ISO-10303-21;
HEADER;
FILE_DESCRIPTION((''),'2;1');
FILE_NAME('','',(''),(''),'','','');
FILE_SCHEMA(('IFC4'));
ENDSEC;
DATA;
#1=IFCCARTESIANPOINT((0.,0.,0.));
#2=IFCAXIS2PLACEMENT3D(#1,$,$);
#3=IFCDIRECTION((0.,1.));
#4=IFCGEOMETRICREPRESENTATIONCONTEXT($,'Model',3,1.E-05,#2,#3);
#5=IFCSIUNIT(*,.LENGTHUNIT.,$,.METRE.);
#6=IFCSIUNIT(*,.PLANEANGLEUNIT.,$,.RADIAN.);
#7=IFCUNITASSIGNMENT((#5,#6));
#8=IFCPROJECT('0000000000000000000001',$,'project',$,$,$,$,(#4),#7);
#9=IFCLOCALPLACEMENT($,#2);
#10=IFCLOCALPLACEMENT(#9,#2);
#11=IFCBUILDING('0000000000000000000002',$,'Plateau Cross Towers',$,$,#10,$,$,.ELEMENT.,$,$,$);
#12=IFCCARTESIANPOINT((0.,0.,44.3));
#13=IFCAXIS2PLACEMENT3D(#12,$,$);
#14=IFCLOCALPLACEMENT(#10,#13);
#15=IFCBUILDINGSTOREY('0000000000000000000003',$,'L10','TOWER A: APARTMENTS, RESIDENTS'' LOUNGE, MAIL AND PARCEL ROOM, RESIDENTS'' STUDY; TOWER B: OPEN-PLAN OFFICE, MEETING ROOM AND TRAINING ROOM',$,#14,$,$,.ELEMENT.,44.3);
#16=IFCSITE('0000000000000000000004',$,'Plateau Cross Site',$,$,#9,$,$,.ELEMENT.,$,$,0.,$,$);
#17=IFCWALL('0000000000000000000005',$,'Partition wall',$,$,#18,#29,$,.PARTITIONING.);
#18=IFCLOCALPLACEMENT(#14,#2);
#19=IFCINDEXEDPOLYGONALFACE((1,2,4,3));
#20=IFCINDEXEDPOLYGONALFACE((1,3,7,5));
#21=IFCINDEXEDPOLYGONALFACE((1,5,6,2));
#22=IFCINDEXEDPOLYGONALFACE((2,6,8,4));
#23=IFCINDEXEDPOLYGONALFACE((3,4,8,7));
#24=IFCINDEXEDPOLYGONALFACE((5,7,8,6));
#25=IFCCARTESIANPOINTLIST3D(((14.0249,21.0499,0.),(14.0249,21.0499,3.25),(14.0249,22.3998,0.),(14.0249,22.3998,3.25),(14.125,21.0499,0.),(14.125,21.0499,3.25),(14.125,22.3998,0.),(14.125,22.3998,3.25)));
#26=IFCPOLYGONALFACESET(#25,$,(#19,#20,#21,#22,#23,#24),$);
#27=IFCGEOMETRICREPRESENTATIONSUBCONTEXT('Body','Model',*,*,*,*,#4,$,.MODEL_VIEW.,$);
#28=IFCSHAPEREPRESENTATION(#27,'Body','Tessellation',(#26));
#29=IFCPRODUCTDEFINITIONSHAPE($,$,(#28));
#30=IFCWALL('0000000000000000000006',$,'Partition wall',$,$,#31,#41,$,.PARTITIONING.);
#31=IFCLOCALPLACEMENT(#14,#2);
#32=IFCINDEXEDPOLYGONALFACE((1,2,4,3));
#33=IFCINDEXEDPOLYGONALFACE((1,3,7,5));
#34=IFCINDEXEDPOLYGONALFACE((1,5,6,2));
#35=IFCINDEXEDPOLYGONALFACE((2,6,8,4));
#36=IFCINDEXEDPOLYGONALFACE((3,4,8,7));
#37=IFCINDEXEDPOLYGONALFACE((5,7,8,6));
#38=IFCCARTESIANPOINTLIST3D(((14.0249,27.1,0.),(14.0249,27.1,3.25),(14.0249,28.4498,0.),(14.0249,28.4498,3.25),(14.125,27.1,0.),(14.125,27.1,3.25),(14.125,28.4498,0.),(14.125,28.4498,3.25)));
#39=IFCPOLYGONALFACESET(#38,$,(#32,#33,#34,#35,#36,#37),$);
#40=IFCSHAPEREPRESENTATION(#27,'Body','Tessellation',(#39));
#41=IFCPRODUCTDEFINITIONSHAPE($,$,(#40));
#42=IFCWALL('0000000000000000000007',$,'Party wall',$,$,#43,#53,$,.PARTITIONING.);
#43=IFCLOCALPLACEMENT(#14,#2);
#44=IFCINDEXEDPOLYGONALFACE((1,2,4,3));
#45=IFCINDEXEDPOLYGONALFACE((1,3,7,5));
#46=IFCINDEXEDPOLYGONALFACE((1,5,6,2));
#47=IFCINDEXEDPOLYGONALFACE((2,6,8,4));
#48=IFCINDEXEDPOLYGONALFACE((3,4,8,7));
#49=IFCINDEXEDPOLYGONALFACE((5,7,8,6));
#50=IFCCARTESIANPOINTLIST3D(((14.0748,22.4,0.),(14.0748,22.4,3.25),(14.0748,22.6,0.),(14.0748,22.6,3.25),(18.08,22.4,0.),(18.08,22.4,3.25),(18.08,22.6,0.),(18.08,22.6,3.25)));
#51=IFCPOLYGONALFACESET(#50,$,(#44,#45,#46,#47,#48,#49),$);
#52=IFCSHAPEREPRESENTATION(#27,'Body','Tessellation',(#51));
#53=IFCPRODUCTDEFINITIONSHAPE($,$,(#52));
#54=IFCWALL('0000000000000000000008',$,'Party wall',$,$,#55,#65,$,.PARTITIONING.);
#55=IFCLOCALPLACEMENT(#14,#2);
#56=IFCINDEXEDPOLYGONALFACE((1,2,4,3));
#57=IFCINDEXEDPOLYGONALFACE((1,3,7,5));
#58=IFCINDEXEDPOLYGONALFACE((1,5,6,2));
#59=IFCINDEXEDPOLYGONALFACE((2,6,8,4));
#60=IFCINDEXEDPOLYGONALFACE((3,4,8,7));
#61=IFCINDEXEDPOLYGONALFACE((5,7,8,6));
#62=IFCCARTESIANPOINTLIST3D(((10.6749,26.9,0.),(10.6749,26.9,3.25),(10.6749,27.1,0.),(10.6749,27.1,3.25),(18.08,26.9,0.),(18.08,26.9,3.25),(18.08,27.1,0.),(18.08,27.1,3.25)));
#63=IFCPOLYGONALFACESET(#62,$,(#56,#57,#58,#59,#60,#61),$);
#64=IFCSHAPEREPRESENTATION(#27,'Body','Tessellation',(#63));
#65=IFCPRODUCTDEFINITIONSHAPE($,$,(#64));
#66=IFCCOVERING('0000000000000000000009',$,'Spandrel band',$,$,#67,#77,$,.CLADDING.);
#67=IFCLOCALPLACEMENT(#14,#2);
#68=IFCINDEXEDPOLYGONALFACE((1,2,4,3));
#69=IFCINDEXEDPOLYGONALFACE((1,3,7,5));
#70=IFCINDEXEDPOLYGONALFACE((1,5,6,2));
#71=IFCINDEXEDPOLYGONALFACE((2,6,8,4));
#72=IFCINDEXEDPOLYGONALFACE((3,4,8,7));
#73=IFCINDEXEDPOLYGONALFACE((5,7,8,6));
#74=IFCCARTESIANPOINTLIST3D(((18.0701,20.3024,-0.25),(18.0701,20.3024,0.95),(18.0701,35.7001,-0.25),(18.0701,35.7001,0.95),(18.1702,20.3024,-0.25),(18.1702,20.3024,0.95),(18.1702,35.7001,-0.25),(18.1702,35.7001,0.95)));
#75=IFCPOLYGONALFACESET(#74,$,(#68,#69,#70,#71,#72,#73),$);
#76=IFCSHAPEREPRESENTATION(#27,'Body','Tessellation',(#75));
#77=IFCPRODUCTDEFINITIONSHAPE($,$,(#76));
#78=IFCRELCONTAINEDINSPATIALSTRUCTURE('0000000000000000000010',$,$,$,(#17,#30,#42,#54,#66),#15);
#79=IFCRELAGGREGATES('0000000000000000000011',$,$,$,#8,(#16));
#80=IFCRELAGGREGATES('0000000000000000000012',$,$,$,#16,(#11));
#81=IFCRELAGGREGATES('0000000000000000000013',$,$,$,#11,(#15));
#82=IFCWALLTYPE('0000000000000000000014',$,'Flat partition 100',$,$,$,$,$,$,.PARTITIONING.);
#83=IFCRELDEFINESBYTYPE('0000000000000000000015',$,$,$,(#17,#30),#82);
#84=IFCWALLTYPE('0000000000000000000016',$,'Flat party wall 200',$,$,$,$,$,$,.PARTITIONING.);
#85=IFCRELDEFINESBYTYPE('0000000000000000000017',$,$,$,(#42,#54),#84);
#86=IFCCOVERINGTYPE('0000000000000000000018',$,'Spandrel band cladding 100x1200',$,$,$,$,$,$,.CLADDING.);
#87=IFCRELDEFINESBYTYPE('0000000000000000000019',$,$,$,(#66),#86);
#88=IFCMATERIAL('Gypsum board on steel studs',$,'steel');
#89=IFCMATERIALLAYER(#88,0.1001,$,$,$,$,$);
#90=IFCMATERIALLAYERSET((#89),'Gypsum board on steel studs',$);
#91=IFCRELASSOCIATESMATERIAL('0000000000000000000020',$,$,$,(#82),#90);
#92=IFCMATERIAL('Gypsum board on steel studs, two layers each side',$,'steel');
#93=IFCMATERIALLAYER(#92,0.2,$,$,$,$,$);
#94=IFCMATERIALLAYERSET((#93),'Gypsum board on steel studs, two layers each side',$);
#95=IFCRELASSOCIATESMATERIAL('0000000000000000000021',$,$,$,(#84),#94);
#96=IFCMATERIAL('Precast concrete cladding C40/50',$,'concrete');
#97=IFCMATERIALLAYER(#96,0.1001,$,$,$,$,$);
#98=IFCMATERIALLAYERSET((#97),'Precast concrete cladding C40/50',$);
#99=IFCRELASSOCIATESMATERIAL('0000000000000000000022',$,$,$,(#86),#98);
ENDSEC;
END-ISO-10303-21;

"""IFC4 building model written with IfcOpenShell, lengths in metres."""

from ifc_helpers import new_model, si_unit, direction, frame, frame_2d, origin, origin_2d, place, context, subcontext, project, spatial, rectangle, extrude, material, layer, layer_set, type_object, element, save


model = new_model("IFC4")

# Units and contexts
model_context = context("Model", 3, precision=1e-05, world=origin(), true_north=direction((0.0, 1.0)))
body_context = subcontext(model_context, "Body", "Model", "MODEL_VIEW")
ifc_project = project(units=[si_unit("LENGTHUNIT", "METRE"), si_unit("PLANEANGLEUNIT", "RADIAN")], contexts=[model_context])

# Site, building, storey
site_placement = place(None, origin())
site = spatial("IfcSite", under=ifc_project, at=site_placement, Name="Plateau Cross Site", CompositionType="ELEMENT", RefElevation=0.0)
building_placement = place(site_placement, origin())
building = spatial("IfcBuilding", under=site, at=building_placement, Name="Plateau Cross Towers", CompositionType="ELEMENT")
storey_placement = place(building_placement, frame((0.0, 0.0, 44.3)))
storey = spatial("IfcBuildingStorey", under=building, at=storey_placement, Name="L10", Description="TOWER A: APARTMENTS, RESIDENTS' LOUNGE, MAIL AND PARCEL ROOM, RESIDENTS' STUDY; TOWER B: OPEN-PLAN OFFICE, MEETING ROOM AND TRAINING ROOM", CompositionType="ELEMENT", Elevation=44.3)

# Shared definitions
ifc_material_1 = material(Name="Gypsum board on steel studs", Category="steel")
ifc_layer_1 = layer(ifc_material_1, 0.1001)
ifc_layer_set_1 = layer_set([ifc_layer_1], Name="Gypsum board on steel studs")
wall_type_1 = type_object("IfcWallType", Name="Flat partition 100", PredefinedType="PARTITIONING", material=ifc_layer_set_1)

# Walls
for number, where, z_axis, x_axis, name in (
    (1, (14.075, 21.05, 0.0), (0.0, 0.0, 1.0), (0.0, 1.0, 0.0), "Partition wall"),
    (2, (14.075, 27.1001, 0.0), (0.0, 0.0, 1.0), (0.0, 1.0, 0.0), "Partition wall"),
):
    element("IfcWall", number, at=place(storey_placement, frame(where, z_axis=z_axis, x_axis=x_axis)), inside=storey, type_object=wall_type_1, Name=name, PredefinedType="PARTITIONING", context=body_context, shape_type="SweptSolid", body=[
        extrude(rectangle(XDim=1.3499, YDim=0.1001, at=frame_2d((0.6748, 0.0))), origin(), (0.0, 0.0, 1.0), 3.25),
    ])
ifc_material_2 = material(Name="Gypsum board on steel studs, two layers each side", Category="steel")
ifc_layer_2 = layer(ifc_material_2, 0.2)
ifc_layer_set_2 = layer_set([ifc_layer_2], Name="Gypsum board on steel studs, two layers each side")
wall_type_2 = type_object("IfcWallType", Name="Flat party wall 200", PredefinedType="PARTITIONING", material=ifc_layer_set_2)
wall_1_placement = place(storey_placement, frame((14.075, 22.5, 0.0), z_axis=(0.0, 0.0, 1.0), x_axis=(1.0, 0.0, 0.0)))
element("IfcWall", 3, at=wall_1_placement, inside=storey, type_object=wall_type_2, Name="Party wall", PredefinedType="PARTITIONING", context=body_context, shape_type="SweptSolid", body=[
    extrude(rectangle(XDim=4.0051, YDim=0.2, at=frame_2d((2.0024, 0.0))), origin(), (0.0, 0.0, 1.0), 3.25),
])
wall_2_placement = place(storey_placement, frame((18.0801, 27.0, 0.0), z_axis=(0.0, 0.0, 1.0), x_axis=(-1.0, 0.0, 0.0)))
element("IfcWall", 4, at=wall_2_placement, inside=storey, type_object=wall_type_2, Name="Party wall", PredefinedType="PARTITIONING", context=body_context, shape_type="SweptSolid", body=[
    extrude(rectangle(XDim=7.405, YDim=0.2, at=frame_2d((3.7026, 0.0))), origin(), (0.0, 0.0, 1.0), 3.25),
])

# Covering
ifc_material_3 = material(Name="Precast concrete cladding C40/50", Category="concrete")
ifc_layer_3 = layer(ifc_material_3, 0.1001)
ifc_layer_set_3 = layer_set([ifc_layer_3], Name="Precast concrete cladding C40/50")
covering_type = type_object("IfcCoveringType", Name="Spandrel band cladding 100x1200", PredefinedType="CLADDING", material=ifc_layer_set_3)
covering_placement = place(storey_placement, frame((18.1201, 28.0012, -0.25), z_axis=(0.0, 0.0, 1.0), x_axis=(0.0, 1.0, 0.0)))
element("IfcCovering", 5, at=covering_placement, inside=storey, type_object=covering_type, Name="Spandrel band", PredefinedType="CLADDING", context=body_context, shape_type="SweptSolid", body=[
    extrude(rectangle(XDim=15.3977, YDim=0.1001, at=origin_2d()), origin(), (0.0, 0.0, 1.0), 1.2),
])

save(model, "model.ifc")
